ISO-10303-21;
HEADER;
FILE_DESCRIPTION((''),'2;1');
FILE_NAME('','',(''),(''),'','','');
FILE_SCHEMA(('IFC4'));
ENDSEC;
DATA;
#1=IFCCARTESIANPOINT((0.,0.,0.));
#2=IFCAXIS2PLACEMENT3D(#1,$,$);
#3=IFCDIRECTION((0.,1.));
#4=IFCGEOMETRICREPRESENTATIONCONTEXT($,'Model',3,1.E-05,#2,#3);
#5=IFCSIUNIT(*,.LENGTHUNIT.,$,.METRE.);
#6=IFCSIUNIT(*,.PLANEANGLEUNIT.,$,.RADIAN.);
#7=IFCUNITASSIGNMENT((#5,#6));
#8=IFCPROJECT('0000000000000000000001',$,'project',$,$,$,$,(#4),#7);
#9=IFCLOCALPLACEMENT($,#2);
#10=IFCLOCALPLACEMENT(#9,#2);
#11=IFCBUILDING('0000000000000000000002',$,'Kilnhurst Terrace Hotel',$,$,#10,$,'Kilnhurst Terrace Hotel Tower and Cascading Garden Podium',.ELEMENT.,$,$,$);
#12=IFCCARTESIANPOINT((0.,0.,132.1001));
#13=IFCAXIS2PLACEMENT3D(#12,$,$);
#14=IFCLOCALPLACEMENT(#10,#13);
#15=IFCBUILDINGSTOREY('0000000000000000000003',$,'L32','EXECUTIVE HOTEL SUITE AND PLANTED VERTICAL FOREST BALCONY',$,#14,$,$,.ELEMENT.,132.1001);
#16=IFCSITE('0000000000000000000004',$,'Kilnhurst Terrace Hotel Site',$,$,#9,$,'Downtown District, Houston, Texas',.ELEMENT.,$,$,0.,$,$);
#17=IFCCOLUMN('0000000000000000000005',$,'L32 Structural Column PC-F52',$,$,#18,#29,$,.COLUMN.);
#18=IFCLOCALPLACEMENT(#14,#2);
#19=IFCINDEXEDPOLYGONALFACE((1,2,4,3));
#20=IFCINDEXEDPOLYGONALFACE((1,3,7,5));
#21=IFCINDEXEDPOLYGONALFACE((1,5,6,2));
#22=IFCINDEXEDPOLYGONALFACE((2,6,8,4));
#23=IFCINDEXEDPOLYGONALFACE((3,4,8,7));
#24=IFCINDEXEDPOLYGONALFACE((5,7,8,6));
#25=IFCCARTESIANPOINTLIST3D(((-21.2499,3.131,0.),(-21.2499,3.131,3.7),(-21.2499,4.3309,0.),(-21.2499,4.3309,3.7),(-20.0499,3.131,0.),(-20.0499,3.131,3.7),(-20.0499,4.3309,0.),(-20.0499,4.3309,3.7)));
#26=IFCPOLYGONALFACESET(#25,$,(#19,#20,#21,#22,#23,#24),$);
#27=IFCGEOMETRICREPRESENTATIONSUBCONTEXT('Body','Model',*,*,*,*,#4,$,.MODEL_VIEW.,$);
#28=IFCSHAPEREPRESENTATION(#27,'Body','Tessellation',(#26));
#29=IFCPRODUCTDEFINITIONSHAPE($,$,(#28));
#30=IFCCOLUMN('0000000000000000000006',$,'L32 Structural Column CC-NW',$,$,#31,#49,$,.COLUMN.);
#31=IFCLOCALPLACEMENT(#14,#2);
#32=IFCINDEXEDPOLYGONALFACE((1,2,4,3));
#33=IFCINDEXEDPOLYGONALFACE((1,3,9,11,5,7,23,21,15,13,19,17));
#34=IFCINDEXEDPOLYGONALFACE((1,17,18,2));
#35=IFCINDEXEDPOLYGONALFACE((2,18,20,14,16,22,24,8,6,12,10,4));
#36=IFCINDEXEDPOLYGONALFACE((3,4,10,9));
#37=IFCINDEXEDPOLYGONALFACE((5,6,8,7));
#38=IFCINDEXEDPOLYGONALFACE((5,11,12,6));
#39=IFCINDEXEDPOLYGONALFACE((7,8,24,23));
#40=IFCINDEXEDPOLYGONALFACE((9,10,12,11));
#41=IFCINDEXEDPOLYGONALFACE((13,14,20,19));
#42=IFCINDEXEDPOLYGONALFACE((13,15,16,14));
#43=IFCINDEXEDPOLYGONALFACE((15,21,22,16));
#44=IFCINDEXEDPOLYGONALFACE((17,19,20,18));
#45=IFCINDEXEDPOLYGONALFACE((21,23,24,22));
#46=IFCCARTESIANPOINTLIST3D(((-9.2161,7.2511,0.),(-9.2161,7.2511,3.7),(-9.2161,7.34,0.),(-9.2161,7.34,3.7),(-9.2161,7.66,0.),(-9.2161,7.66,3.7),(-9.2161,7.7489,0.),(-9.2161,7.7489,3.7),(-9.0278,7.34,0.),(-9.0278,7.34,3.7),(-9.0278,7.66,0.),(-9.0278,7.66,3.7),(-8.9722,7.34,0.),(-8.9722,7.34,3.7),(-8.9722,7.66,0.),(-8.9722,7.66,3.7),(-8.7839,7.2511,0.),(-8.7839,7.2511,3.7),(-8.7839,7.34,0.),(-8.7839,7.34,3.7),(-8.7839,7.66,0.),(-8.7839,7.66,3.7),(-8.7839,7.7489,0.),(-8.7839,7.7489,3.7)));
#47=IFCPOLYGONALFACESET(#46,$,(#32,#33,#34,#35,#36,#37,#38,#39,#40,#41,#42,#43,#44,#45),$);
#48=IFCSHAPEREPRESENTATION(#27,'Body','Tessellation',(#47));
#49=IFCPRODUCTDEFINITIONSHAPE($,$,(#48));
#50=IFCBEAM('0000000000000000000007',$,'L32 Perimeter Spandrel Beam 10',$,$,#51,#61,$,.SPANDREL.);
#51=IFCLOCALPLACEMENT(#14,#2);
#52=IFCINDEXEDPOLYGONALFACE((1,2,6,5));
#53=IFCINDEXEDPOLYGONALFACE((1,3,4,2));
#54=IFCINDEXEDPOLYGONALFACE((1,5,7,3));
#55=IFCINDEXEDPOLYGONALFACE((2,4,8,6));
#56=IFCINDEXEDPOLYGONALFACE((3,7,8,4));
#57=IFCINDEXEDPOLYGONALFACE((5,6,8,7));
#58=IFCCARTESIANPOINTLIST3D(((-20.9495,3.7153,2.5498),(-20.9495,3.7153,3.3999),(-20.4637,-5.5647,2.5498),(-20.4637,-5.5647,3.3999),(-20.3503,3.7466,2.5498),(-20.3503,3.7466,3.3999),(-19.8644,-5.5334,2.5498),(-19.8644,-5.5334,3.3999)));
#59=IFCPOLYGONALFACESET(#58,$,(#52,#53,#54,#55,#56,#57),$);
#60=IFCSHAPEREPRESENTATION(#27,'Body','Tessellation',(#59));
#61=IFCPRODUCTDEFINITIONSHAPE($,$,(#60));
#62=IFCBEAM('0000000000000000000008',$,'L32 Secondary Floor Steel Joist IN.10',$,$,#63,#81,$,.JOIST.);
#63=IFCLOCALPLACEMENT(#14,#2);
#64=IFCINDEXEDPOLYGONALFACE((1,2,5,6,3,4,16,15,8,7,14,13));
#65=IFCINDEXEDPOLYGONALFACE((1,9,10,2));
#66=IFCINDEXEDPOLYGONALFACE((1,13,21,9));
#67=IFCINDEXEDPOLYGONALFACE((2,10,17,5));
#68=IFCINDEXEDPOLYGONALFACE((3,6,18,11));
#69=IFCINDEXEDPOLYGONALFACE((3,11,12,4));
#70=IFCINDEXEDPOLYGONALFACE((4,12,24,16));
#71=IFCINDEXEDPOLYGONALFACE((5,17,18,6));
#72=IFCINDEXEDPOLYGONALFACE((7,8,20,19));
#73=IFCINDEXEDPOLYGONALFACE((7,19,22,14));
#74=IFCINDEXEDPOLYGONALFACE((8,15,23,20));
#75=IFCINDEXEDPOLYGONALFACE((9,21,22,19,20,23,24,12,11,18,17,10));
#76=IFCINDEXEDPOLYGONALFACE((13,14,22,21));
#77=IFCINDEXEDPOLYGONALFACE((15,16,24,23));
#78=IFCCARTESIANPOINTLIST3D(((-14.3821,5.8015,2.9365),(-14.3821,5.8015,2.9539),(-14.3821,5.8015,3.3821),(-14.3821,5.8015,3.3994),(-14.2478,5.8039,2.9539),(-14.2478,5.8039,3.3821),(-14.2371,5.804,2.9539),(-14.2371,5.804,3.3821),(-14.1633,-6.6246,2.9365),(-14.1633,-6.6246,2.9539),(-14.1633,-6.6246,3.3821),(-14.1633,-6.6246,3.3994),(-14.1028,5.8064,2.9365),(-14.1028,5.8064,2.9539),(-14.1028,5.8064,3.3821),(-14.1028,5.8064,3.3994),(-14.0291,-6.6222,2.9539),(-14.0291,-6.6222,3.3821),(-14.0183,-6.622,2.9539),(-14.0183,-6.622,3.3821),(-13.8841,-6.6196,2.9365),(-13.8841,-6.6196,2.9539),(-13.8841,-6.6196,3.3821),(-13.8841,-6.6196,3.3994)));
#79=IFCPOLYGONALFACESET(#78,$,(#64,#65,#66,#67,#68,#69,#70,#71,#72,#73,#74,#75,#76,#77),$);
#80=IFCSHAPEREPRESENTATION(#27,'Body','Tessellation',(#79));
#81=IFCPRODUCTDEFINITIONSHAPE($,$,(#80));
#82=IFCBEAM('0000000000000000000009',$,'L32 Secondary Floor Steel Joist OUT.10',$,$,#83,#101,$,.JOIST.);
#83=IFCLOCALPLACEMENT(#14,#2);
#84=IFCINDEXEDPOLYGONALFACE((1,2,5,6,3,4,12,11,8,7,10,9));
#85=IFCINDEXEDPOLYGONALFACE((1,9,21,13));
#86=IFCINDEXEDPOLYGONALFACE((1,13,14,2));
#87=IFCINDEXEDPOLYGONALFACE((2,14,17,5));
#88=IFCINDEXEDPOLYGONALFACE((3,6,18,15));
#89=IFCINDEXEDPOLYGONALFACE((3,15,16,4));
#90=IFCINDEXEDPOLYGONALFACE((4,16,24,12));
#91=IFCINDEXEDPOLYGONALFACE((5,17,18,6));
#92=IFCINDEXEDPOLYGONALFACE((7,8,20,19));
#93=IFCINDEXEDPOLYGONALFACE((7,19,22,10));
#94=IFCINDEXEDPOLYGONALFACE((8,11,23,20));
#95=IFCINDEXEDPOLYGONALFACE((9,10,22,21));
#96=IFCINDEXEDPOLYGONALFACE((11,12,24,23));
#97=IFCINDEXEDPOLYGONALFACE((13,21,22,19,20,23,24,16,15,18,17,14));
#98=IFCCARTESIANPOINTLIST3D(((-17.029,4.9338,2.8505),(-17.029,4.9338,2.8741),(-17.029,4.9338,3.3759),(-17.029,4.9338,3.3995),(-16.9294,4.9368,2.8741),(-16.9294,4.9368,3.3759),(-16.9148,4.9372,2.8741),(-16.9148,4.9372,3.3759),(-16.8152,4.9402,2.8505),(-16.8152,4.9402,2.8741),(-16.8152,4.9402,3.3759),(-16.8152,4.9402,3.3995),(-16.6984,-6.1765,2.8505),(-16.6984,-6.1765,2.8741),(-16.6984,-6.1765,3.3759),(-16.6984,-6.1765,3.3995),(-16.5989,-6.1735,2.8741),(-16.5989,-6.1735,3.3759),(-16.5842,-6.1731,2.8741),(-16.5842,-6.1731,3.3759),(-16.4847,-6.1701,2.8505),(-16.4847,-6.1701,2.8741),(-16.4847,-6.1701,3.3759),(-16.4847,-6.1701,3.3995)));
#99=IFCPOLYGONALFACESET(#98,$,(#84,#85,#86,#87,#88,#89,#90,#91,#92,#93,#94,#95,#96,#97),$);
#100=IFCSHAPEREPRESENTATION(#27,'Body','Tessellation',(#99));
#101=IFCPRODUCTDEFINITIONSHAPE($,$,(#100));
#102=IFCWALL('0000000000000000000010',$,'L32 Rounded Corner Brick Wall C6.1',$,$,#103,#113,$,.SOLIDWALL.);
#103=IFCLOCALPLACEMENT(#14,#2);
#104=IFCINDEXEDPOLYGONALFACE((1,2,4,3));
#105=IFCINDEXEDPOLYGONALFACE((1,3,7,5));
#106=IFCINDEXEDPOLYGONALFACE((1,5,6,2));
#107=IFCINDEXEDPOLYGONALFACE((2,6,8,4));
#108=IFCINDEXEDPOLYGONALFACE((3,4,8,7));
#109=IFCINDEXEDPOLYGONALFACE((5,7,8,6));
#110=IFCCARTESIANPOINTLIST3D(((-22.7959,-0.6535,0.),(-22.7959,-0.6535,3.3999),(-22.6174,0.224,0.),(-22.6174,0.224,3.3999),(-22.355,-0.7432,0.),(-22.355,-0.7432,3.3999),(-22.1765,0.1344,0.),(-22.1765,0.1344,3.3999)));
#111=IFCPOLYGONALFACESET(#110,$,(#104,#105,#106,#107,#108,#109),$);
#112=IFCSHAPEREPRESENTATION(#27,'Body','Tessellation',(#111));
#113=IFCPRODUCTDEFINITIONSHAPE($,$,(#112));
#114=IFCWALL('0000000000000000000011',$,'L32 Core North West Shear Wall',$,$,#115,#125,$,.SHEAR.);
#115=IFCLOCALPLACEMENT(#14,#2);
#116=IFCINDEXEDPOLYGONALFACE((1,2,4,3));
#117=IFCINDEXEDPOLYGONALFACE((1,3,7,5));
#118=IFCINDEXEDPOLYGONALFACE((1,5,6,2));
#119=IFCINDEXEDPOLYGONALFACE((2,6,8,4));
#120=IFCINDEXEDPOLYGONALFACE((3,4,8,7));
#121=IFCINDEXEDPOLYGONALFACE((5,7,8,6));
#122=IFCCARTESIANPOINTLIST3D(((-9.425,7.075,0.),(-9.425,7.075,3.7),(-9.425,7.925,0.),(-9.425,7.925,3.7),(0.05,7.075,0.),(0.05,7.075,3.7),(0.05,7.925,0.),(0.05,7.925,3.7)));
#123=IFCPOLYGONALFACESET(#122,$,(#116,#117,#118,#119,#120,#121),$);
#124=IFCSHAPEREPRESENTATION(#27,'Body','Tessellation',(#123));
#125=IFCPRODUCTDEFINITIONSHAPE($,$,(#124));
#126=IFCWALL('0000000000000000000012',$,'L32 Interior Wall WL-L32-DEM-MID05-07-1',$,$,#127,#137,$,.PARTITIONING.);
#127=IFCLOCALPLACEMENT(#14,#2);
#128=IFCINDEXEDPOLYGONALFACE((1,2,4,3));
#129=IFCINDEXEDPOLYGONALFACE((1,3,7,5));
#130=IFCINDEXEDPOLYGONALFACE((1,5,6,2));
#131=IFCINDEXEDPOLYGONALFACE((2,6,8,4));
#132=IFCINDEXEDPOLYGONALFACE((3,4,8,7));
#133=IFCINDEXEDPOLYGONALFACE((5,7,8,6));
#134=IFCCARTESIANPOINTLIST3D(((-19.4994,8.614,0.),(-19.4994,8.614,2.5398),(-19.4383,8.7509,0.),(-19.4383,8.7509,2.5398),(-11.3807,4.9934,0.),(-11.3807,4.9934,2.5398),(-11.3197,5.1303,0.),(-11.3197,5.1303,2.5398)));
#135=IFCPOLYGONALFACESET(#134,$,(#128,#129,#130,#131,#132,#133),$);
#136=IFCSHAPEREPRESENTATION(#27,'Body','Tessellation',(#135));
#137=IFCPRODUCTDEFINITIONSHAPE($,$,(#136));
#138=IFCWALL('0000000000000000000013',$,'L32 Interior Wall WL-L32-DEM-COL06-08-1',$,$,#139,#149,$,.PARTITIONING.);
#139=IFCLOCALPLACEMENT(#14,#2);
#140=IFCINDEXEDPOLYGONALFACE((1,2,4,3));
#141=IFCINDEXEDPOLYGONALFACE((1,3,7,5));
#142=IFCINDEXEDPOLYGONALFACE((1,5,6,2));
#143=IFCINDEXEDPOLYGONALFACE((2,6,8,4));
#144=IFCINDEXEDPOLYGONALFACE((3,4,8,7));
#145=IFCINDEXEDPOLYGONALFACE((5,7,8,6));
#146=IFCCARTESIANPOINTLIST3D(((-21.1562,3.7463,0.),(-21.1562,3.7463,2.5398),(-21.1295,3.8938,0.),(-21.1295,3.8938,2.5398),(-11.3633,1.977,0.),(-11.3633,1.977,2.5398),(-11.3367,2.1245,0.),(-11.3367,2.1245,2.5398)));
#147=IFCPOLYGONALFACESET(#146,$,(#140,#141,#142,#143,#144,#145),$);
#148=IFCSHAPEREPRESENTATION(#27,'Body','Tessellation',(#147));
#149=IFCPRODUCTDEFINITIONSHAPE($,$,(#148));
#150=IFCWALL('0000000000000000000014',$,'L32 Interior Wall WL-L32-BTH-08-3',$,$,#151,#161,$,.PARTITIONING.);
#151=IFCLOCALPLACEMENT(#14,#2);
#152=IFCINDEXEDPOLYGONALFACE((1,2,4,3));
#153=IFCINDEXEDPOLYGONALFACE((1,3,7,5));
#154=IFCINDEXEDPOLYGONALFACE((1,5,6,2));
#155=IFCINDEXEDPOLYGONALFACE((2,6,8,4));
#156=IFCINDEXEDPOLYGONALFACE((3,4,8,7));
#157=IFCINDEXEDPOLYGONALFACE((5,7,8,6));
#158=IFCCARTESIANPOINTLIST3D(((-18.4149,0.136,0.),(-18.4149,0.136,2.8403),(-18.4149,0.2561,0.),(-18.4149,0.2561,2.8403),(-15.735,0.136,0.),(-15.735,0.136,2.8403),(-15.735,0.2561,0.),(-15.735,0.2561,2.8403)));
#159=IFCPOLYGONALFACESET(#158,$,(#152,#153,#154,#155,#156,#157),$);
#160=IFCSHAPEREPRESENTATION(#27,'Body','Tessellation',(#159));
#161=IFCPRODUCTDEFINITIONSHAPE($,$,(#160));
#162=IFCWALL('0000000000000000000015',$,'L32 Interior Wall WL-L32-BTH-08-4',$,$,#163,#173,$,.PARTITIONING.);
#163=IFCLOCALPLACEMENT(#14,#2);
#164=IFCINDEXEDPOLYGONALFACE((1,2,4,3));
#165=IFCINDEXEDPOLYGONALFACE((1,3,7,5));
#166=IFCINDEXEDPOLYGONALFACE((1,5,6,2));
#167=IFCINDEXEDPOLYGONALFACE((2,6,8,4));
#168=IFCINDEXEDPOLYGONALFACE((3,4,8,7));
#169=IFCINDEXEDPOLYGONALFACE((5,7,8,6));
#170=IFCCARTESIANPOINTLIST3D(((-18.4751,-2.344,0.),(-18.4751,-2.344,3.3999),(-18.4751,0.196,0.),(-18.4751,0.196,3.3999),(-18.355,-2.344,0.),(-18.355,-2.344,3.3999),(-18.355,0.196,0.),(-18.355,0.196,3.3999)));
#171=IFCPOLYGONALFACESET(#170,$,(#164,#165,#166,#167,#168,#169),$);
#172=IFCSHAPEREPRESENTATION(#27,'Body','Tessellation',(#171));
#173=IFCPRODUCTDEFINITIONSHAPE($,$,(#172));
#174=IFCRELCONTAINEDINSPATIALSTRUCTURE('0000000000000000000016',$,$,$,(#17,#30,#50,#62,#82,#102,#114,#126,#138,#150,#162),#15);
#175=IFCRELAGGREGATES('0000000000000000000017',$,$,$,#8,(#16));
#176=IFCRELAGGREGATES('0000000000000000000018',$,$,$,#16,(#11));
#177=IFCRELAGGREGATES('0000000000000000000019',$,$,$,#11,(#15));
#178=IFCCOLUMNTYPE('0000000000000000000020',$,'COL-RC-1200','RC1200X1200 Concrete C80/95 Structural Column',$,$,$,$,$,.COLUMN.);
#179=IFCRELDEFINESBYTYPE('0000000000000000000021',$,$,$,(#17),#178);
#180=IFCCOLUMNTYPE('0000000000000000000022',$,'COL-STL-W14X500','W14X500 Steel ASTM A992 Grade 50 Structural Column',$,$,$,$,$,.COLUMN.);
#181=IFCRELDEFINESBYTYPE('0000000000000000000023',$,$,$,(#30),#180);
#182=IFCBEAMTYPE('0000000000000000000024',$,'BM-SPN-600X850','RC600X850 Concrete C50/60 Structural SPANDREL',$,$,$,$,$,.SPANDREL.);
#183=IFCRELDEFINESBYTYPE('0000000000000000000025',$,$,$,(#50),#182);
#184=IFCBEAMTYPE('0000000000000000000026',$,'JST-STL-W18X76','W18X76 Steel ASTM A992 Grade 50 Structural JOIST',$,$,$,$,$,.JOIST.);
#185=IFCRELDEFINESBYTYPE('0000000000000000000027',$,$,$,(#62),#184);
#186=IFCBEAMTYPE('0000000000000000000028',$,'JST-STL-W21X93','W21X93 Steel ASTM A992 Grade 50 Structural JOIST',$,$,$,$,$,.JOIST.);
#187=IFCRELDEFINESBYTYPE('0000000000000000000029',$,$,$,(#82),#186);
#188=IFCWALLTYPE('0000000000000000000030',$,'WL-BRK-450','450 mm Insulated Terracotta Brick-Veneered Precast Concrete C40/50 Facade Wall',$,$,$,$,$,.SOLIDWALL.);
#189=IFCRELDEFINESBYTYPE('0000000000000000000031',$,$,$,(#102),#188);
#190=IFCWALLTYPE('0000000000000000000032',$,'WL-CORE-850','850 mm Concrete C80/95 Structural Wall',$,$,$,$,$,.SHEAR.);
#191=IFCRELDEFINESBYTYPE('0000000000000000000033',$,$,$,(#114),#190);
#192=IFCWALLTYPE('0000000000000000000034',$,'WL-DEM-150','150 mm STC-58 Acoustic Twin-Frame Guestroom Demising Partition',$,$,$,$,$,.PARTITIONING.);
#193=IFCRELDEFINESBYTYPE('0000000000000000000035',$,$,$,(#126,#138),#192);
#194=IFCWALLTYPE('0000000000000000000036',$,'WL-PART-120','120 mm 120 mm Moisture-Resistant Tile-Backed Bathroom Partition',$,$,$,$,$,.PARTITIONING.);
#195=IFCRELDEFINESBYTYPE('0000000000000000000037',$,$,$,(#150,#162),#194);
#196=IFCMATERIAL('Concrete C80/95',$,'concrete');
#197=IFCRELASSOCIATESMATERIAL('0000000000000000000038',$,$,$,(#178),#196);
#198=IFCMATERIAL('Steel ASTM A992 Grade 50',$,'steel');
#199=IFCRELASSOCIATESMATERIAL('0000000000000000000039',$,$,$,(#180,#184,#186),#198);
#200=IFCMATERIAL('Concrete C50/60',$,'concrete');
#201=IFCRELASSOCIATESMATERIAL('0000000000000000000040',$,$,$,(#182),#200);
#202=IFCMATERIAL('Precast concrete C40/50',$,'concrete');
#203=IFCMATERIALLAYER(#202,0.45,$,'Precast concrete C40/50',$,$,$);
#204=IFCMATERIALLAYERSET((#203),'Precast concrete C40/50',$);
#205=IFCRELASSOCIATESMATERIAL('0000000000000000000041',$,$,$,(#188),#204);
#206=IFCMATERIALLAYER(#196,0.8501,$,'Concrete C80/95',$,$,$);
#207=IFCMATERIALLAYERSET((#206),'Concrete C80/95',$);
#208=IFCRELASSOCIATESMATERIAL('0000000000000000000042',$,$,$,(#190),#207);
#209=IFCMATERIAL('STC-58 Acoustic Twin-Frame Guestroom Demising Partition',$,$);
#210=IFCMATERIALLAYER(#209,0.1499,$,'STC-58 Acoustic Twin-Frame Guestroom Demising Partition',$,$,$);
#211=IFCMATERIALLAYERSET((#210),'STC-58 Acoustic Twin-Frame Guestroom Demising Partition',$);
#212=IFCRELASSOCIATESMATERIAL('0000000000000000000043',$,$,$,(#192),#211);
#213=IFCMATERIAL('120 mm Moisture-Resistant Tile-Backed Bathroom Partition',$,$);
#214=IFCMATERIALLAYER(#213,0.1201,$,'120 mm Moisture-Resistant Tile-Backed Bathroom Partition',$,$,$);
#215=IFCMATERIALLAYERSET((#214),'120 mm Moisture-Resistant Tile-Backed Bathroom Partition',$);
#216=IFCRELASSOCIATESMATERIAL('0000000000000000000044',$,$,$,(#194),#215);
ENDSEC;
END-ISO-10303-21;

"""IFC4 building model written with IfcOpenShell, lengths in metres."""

from ifc_helpers import new_model, si_unit, direction, frame, frame_2d, origin, origin_2d, place, context, subcontext, project, spatial, rectangle, i_section, extrude, material, layer, layer_set, material_profile, profile_set, type_object, element, save


model = new_model("IFC4")

# Units and contexts
model_context = context("Model", 3, precision=1e-05, world=origin(), true_north=direction((0.0, 1.0)))
body_context = subcontext(model_context, "Body", "Model", "MODEL_VIEW")
ifc_project = project(units=[si_unit("LENGTHUNIT", "METRE"), si_unit("PLANEANGLEUNIT", "RADIAN")], contexts=[model_context])

# Site, building, storey
site_placement = place(None, origin())
site = spatial("IfcSite", under=ifc_project, at=site_placement, Name="Kilnhurst Terrace Hotel Site", LongName="Downtown District, Houston, Texas", CompositionType="ELEMENT", RefElevation=0.0)
building_placement = place(site_placement, origin())
building = spatial("IfcBuilding", under=site, at=building_placement, Name="Kilnhurst Terrace Hotel", LongName="Kilnhurst Terrace Hotel Tower and Cascading Garden Podium", CompositionType="ELEMENT")
storey_placement = place(building_placement, frame((0.0, 0.0, 132.1001)))
storey = spatial("IfcBuildingStorey", under=building, at=storey_placement, Name="L32", Description="EXECUTIVE HOTEL SUITE AND PLANTED VERTICAL FOREST BALCONY", CompositionType="ELEMENT", Elevation=132.1001)

# Columns
ifc_material_1 = material(Name="Concrete C80/95", Category="concrete")
ifc_material_profile_1 = material_profile(ifc_material_1, rectangle(XDim=1.2, YDim=1.2, at=origin_2d()), Name="RC1200X1200")
ifc_profile_set_1 = profile_set([ifc_material_profile_1], Name="Concrete C80/95")
column_type_1 = type_object("IfcColumnType", Name="COL-RC-1200", Description="RC1200X1200 Concrete C80/95 Structural Column", PredefinedType="COLUMN", material=ifc_profile_set_1)
column_1_placement = place(storey_placement, frame((-20.6499, 3.731, 0.0), z_axis=(0.0, 0.0, 1.0), x_axis=(1.0, 0.0, 0.0)))
element("IfcColumn", 1, at=column_1_placement, inside=storey, type_object=column_type_1, Name="L32 Structural Column PC-F52", PredefinedType="COLUMN", context=body_context, shape_type="SweptSolid", body=[
    extrude(rectangle(XDim=1.2, YDim=1.2, at=origin_2d()), origin(), (0.0, 0.0, 1.0), 3.7),
])
ifc_material_2 = material(Name="Steel ASTM A992 Grade 50", Category="steel")
ifc_material_profile_2 = material_profile(ifc_material_2, i_section(OverallWidth=0.4321, OverallDepth=0.4978, WebThickness=0.0557, FlangeThickness=0.0889, at=origin_2d()), Name="W14X500")
ifc_profile_set_2 = profile_set([ifc_material_profile_2], Name="Steel ASTM A992 Grade 50")
column_type_2 = type_object("IfcColumnType", Name="COL-STL-W14X500", Description="W14X500 Steel ASTM A992 Grade 50 Structural Column", PredefinedType="COLUMN", material=ifc_profile_set_2)
column_2_placement = place(storey_placement, frame((-9.0, 7.5, 0.0), z_axis=(0.0, 0.0, 1.0), x_axis=(1.0, 0.0, 0.0)))
element("IfcColumn", 2, at=column_2_placement, inside=storey, type_object=column_type_2, Name="L32 Structural Column CC-NW", PredefinedType="COLUMN", context=body_context, shape_type="SweptSolid", body=[
    extrude(i_section(OverallWidth=0.4321, OverallDepth=0.4978, WebThickness=0.0557, FlangeThickness=0.0889, at=origin_2d()), origin(), (0.0, 0.0, 1.0), 3.7),
])

# Beams
ifc_material_3 = material(Name="Concrete C50/60", Category="concrete")
ifc_material_profile_3 = material_profile(ifc_material_3, rectangle(XDim=0.6001, YDim=0.8501, at=origin_2d()), Name="RC600X850")
ifc_profile_set_3 = profile_set([ifc_material_profile_3], Name="Concrete C50/60")
beam_type_1 = type_object("IfcBeamType", Name="BM-SPN-600X850", Description="RC600X850 Concrete C50/60 Structural SPANDREL", PredefinedType="SPANDREL", material=ifc_profile_set_3)
beam_1_placement = place(storey_placement, frame((-20.6499, 3.731, 2.9749), z_axis=(0.052282, -0.998632, 0.0), x_axis=(0.998632, 0.052282, 0.0)))
element("IfcBeam", 3, at=beam_1_placement, inside=storey, type_object=beam_type_1, Name="L32 Perimeter Spandrel Beam 10", PredefinedType="SPANDREL", context=body_context, shape_type="SweptSolid", body=[
    extrude(rectangle(XDim=0.6001, YDim=0.8501, at=origin_2d()), origin(), (0.0, 0.0, 1.0), 9.2927),
])
ifc_material_profile_4 = material_profile(ifc_material_2, i_section(OverallWidth=0.2793, OverallDepth=0.4629, WebThickness=0.0107, FlangeThickness=0.0173, at=origin_2d()), Name="W18X76")
ifc_profile_set_4 = profile_set([ifc_material_profile_4], Name="Steel ASTM A992 Grade 50")
beam_type_2 = type_object("IfcBeamType", Name="JST-STL-W18X76", Description="W18X76 Steel ASTM A992 Grade 50 Structural JOIST", PredefinedType="JOIST", material=ifc_profile_set_4)
beam_2_placement = place(storey_placement, frame((-14.2424, 5.804, 3.168), z_axis=(0.017601, -0.999845, 0.0), x_axis=(0.999845, 0.017601, 0.0)))
element("IfcBeam", 4, at=beam_2_placement, inside=storey, type_object=beam_type_2, Name="L32 Secondary Floor Steel Joist IN.10", PredefinedType="JOIST", context=body_context, shape_type="SweptSolid", body=[
    extrude(i_section(OverallWidth=0.2793, OverallDepth=0.4629, WebThickness=0.0107, FlangeThickness=0.0173, at=origin_2d()), origin(), (0.0, 0.0, 1.0), 12.428),
])
ifc_material_profile_5 = material_profile(ifc_material_2, i_section(OverallWidth=0.2139, OverallDepth=0.5491, WebThickness=0.0146, FlangeThickness=0.0237, at=origin_2d()), Name="W21X93")
ifc_profile_set_5 = profile_set([ifc_material_profile_5], Name="Steel ASTM A992 Grade 50")
beam_type_3 = type_object("IfcBeamType", Name="JST-STL-W21X93", Description="W21X93 Steel ASTM A992 Grade 50 Structural JOIST", PredefinedType="JOIST", material=ifc_profile_set_5)
beam_3_placement = place(storey_placement, frame((-16.9221, 4.937, 3.125), z_axis=(0.02974, -0.999558, 0.0), x_axis=(0.999558, 0.02974, 0.0)))
element("IfcBeam", 5, at=beam_3_placement, inside=storey, type_object=beam_type_3, Name="L32 Secondary Floor Steel Joist OUT.10", PredefinedType="JOIST", context=body_context, shape_type="SweptSolid", body=[
    extrude(i_section(OverallWidth=0.2139, OverallDepth=0.5491, WebThickness=0.0146, FlangeThickness=0.0237, at=origin_2d()), origin(), (0.0, 0.0, 1.0), 11.1152),
])

# Walls
ifc_material_4 = material(Name="Precast concrete C40/50", Category="concrete")
ifc_layer_1 = layer(ifc_material_4, 0.45, Name="Precast concrete C40/50")
ifc_layer_set_1 = layer_set([ifc_layer_1], Name="Precast concrete C40/50")
wall_type_1 = type_object("IfcWallType", Name="WL-BRK-450", Description="450 mm Insulated Terracotta Brick-Veneered Precast Concrete C40/50 Facade Wall", PredefinedType="SOLIDWALL", material=ifc_layer_set_1)
wall_1_placement = place(storey_placement, frame((-22.397, 0.1792, 0.0), z_axis=(0.0, 0.0, 1.0), x_axis=(-0.199314, -0.979936, 0.0)))
element("IfcWall", 6, at=wall_1_placement, inside=storey, type_object=wall_type_1, Name="L32 Rounded Corner Brick Wall C6.1", PredefinedType="SOLIDWALL", context=body_context, shape_type="SweptSolid", body=[
    extrude(rectangle(XDim=0.8955, YDim=0.45, at=frame_2d((0.4478, 0.0))), origin(), (0.0, 0.0, 1.0), 3.3999),
])
ifc_layer_2 = layer(ifc_material_1, 0.8501, Name="Concrete C80/95")
ifc_layer_set_2 = layer_set([ifc_layer_2], Name="Concrete C80/95")
wall_type_2 = type_object("IfcWallType", Name="WL-CORE-850", Description="850 mm Concrete C80/95 Structural Wall", PredefinedType="SHEAR", material=ifc_layer_set_2)
wall_2_placement = place(storey_placement, frame((-9.425, 7.5, 0.0), z_axis=(0.0, 0.0, 1.0), x_axis=(1.0, 0.0, 0.0)))
element("IfcWall", 7, at=wall_2_placement, inside=storey, type_object=wall_type_2, Name="L32 Core North West Shear Wall", PredefinedType="SHEAR", context=body_context, shape_type="SweptSolid", body=[
    extrude(rectangle(XDim=9.4751, YDim=0.8501, at=frame_2d((4.7375, 0.0))), origin(), (0.0, 0.0, 1.0), 3.7),
])
ifc_material_5 = material(Name="STC-58 Acoustic Twin-Frame Guestroom Demising Partition")
ifc_layer_3 = layer(ifc_material_5, 0.1499, Name="STC-58 Acoustic Twin-Frame Guestroom Demising Partition")
ifc_layer_set_3 = layer_set([ifc_layer_3], Name="STC-58 Acoustic Twin-Frame Guestroom Demising Partition")
wall_type_3 = type_object("IfcWallType", Name="WL-DEM-150", Description="150 mm STC-58 Acoustic Twin-Frame Guestroom Demising Partition", PredefinedType="PARTITIONING", material=ifc_layer_set_3)
wall_3_placement = place(storey_placement, frame((-11.3501, 5.0618, 0.0), z_axis=(0.0, 0.0, 1.0), x_axis=(-0.913297, 0.407295, 0.0)))
element("IfcWall", 8, at=wall_3_placement, inside=storey, type_object=wall_type_3, Name="L32 Interior Wall WL-L32-DEM-MID05-07-1", PredefinedType="PARTITIONING", context=body_context, shape_type="SweptSolid", body=[
    extrude(rectangle(XDim=8.8894, YDim=0.1499, at=frame_2d((4.4448, 0.0))), origin(), (0.0, 0.0, 1.0), 2.5398),
])
wall_4_placement = place(storey_placement, frame((-11.3501, 2.0508, 0.0), z_axis=(0.0, 0.0, 1.0), x_axis=(-0.984068, 0.177791, 0.0)))
element("IfcWall", 9, at=wall_4_placement, inside=storey, type_object=wall_type_3, Name="L32 Interior Wall WL-L32-DEM-COL06-08-1", PredefinedType="PARTITIONING", context=body_context, shape_type="SweptSolid", body=[
    extrude(rectangle(XDim=9.9514, YDim=0.1499, at=frame_2d((4.9756, 0.0))), origin(), (0.0, 0.0, 1.0), 2.5398),
])
ifc_material_6 = material(Name="120 mm Moisture-Resistant Tile-Backed Bathroom Partition")
ifc_layer_4 = layer(ifc_material_6, 0.1201, Name="120 mm Moisture-Resistant Tile-Backed Bathroom Partition")
ifc_layer_set_4 = layer_set([ifc_layer_4], Name="120 mm Moisture-Resistant Tile-Backed Bathroom Partition")
wall_type_4 = type_object("IfcWallType", Name="WL-PART-120", Description="120 mm 120 mm Moisture-Resistant Tile-Backed Bathroom Partition", PredefinedType="PARTITIONING", material=ifc_layer_set_4)
wall_5_placement = place(storey_placement, frame((-15.7351, 0.196, 0.0), z_axis=(0.0, 0.0, 1.0), x_axis=(-1.0, 0.0, 0.0)))
element("IfcWall", 10, at=wall_5_placement, inside=storey, type_object=wall_type_4, Name="L32 Interior Wall WL-L32-BTH-08-3", PredefinedType="PARTITIONING", context=body_context, shape_type="SweptSolid", body=[
    extrude(rectangle(XDim=2.6799, YDim=0.1201, at=frame_2d((1.3398, 0.0))), origin(), (0.0, 0.0, 1.0), 2.8403),
])
wall_6_placement = place(storey_placement, frame((-18.415, 0.196, 0.0), z_axis=(0.0, 0.0, 1.0), x_axis=(0.0, -1.0, 0.0)))
element("IfcWall", 11, at=wall_6_placement, inside=storey, type_object=wall_type_4, Name="L32 Interior Wall WL-L32-BTH-08-4", PredefinedType="PARTITIONING", context=body_context, shape_type="SweptSolid", body=[
    extrude(rectangle(XDim=2.54, YDim=0.1201, at=frame_2d((1.27, 0.0))), origin(), (0.0, 0.0, 1.0), 3.3999),
])

save(model, "model.ifc")
